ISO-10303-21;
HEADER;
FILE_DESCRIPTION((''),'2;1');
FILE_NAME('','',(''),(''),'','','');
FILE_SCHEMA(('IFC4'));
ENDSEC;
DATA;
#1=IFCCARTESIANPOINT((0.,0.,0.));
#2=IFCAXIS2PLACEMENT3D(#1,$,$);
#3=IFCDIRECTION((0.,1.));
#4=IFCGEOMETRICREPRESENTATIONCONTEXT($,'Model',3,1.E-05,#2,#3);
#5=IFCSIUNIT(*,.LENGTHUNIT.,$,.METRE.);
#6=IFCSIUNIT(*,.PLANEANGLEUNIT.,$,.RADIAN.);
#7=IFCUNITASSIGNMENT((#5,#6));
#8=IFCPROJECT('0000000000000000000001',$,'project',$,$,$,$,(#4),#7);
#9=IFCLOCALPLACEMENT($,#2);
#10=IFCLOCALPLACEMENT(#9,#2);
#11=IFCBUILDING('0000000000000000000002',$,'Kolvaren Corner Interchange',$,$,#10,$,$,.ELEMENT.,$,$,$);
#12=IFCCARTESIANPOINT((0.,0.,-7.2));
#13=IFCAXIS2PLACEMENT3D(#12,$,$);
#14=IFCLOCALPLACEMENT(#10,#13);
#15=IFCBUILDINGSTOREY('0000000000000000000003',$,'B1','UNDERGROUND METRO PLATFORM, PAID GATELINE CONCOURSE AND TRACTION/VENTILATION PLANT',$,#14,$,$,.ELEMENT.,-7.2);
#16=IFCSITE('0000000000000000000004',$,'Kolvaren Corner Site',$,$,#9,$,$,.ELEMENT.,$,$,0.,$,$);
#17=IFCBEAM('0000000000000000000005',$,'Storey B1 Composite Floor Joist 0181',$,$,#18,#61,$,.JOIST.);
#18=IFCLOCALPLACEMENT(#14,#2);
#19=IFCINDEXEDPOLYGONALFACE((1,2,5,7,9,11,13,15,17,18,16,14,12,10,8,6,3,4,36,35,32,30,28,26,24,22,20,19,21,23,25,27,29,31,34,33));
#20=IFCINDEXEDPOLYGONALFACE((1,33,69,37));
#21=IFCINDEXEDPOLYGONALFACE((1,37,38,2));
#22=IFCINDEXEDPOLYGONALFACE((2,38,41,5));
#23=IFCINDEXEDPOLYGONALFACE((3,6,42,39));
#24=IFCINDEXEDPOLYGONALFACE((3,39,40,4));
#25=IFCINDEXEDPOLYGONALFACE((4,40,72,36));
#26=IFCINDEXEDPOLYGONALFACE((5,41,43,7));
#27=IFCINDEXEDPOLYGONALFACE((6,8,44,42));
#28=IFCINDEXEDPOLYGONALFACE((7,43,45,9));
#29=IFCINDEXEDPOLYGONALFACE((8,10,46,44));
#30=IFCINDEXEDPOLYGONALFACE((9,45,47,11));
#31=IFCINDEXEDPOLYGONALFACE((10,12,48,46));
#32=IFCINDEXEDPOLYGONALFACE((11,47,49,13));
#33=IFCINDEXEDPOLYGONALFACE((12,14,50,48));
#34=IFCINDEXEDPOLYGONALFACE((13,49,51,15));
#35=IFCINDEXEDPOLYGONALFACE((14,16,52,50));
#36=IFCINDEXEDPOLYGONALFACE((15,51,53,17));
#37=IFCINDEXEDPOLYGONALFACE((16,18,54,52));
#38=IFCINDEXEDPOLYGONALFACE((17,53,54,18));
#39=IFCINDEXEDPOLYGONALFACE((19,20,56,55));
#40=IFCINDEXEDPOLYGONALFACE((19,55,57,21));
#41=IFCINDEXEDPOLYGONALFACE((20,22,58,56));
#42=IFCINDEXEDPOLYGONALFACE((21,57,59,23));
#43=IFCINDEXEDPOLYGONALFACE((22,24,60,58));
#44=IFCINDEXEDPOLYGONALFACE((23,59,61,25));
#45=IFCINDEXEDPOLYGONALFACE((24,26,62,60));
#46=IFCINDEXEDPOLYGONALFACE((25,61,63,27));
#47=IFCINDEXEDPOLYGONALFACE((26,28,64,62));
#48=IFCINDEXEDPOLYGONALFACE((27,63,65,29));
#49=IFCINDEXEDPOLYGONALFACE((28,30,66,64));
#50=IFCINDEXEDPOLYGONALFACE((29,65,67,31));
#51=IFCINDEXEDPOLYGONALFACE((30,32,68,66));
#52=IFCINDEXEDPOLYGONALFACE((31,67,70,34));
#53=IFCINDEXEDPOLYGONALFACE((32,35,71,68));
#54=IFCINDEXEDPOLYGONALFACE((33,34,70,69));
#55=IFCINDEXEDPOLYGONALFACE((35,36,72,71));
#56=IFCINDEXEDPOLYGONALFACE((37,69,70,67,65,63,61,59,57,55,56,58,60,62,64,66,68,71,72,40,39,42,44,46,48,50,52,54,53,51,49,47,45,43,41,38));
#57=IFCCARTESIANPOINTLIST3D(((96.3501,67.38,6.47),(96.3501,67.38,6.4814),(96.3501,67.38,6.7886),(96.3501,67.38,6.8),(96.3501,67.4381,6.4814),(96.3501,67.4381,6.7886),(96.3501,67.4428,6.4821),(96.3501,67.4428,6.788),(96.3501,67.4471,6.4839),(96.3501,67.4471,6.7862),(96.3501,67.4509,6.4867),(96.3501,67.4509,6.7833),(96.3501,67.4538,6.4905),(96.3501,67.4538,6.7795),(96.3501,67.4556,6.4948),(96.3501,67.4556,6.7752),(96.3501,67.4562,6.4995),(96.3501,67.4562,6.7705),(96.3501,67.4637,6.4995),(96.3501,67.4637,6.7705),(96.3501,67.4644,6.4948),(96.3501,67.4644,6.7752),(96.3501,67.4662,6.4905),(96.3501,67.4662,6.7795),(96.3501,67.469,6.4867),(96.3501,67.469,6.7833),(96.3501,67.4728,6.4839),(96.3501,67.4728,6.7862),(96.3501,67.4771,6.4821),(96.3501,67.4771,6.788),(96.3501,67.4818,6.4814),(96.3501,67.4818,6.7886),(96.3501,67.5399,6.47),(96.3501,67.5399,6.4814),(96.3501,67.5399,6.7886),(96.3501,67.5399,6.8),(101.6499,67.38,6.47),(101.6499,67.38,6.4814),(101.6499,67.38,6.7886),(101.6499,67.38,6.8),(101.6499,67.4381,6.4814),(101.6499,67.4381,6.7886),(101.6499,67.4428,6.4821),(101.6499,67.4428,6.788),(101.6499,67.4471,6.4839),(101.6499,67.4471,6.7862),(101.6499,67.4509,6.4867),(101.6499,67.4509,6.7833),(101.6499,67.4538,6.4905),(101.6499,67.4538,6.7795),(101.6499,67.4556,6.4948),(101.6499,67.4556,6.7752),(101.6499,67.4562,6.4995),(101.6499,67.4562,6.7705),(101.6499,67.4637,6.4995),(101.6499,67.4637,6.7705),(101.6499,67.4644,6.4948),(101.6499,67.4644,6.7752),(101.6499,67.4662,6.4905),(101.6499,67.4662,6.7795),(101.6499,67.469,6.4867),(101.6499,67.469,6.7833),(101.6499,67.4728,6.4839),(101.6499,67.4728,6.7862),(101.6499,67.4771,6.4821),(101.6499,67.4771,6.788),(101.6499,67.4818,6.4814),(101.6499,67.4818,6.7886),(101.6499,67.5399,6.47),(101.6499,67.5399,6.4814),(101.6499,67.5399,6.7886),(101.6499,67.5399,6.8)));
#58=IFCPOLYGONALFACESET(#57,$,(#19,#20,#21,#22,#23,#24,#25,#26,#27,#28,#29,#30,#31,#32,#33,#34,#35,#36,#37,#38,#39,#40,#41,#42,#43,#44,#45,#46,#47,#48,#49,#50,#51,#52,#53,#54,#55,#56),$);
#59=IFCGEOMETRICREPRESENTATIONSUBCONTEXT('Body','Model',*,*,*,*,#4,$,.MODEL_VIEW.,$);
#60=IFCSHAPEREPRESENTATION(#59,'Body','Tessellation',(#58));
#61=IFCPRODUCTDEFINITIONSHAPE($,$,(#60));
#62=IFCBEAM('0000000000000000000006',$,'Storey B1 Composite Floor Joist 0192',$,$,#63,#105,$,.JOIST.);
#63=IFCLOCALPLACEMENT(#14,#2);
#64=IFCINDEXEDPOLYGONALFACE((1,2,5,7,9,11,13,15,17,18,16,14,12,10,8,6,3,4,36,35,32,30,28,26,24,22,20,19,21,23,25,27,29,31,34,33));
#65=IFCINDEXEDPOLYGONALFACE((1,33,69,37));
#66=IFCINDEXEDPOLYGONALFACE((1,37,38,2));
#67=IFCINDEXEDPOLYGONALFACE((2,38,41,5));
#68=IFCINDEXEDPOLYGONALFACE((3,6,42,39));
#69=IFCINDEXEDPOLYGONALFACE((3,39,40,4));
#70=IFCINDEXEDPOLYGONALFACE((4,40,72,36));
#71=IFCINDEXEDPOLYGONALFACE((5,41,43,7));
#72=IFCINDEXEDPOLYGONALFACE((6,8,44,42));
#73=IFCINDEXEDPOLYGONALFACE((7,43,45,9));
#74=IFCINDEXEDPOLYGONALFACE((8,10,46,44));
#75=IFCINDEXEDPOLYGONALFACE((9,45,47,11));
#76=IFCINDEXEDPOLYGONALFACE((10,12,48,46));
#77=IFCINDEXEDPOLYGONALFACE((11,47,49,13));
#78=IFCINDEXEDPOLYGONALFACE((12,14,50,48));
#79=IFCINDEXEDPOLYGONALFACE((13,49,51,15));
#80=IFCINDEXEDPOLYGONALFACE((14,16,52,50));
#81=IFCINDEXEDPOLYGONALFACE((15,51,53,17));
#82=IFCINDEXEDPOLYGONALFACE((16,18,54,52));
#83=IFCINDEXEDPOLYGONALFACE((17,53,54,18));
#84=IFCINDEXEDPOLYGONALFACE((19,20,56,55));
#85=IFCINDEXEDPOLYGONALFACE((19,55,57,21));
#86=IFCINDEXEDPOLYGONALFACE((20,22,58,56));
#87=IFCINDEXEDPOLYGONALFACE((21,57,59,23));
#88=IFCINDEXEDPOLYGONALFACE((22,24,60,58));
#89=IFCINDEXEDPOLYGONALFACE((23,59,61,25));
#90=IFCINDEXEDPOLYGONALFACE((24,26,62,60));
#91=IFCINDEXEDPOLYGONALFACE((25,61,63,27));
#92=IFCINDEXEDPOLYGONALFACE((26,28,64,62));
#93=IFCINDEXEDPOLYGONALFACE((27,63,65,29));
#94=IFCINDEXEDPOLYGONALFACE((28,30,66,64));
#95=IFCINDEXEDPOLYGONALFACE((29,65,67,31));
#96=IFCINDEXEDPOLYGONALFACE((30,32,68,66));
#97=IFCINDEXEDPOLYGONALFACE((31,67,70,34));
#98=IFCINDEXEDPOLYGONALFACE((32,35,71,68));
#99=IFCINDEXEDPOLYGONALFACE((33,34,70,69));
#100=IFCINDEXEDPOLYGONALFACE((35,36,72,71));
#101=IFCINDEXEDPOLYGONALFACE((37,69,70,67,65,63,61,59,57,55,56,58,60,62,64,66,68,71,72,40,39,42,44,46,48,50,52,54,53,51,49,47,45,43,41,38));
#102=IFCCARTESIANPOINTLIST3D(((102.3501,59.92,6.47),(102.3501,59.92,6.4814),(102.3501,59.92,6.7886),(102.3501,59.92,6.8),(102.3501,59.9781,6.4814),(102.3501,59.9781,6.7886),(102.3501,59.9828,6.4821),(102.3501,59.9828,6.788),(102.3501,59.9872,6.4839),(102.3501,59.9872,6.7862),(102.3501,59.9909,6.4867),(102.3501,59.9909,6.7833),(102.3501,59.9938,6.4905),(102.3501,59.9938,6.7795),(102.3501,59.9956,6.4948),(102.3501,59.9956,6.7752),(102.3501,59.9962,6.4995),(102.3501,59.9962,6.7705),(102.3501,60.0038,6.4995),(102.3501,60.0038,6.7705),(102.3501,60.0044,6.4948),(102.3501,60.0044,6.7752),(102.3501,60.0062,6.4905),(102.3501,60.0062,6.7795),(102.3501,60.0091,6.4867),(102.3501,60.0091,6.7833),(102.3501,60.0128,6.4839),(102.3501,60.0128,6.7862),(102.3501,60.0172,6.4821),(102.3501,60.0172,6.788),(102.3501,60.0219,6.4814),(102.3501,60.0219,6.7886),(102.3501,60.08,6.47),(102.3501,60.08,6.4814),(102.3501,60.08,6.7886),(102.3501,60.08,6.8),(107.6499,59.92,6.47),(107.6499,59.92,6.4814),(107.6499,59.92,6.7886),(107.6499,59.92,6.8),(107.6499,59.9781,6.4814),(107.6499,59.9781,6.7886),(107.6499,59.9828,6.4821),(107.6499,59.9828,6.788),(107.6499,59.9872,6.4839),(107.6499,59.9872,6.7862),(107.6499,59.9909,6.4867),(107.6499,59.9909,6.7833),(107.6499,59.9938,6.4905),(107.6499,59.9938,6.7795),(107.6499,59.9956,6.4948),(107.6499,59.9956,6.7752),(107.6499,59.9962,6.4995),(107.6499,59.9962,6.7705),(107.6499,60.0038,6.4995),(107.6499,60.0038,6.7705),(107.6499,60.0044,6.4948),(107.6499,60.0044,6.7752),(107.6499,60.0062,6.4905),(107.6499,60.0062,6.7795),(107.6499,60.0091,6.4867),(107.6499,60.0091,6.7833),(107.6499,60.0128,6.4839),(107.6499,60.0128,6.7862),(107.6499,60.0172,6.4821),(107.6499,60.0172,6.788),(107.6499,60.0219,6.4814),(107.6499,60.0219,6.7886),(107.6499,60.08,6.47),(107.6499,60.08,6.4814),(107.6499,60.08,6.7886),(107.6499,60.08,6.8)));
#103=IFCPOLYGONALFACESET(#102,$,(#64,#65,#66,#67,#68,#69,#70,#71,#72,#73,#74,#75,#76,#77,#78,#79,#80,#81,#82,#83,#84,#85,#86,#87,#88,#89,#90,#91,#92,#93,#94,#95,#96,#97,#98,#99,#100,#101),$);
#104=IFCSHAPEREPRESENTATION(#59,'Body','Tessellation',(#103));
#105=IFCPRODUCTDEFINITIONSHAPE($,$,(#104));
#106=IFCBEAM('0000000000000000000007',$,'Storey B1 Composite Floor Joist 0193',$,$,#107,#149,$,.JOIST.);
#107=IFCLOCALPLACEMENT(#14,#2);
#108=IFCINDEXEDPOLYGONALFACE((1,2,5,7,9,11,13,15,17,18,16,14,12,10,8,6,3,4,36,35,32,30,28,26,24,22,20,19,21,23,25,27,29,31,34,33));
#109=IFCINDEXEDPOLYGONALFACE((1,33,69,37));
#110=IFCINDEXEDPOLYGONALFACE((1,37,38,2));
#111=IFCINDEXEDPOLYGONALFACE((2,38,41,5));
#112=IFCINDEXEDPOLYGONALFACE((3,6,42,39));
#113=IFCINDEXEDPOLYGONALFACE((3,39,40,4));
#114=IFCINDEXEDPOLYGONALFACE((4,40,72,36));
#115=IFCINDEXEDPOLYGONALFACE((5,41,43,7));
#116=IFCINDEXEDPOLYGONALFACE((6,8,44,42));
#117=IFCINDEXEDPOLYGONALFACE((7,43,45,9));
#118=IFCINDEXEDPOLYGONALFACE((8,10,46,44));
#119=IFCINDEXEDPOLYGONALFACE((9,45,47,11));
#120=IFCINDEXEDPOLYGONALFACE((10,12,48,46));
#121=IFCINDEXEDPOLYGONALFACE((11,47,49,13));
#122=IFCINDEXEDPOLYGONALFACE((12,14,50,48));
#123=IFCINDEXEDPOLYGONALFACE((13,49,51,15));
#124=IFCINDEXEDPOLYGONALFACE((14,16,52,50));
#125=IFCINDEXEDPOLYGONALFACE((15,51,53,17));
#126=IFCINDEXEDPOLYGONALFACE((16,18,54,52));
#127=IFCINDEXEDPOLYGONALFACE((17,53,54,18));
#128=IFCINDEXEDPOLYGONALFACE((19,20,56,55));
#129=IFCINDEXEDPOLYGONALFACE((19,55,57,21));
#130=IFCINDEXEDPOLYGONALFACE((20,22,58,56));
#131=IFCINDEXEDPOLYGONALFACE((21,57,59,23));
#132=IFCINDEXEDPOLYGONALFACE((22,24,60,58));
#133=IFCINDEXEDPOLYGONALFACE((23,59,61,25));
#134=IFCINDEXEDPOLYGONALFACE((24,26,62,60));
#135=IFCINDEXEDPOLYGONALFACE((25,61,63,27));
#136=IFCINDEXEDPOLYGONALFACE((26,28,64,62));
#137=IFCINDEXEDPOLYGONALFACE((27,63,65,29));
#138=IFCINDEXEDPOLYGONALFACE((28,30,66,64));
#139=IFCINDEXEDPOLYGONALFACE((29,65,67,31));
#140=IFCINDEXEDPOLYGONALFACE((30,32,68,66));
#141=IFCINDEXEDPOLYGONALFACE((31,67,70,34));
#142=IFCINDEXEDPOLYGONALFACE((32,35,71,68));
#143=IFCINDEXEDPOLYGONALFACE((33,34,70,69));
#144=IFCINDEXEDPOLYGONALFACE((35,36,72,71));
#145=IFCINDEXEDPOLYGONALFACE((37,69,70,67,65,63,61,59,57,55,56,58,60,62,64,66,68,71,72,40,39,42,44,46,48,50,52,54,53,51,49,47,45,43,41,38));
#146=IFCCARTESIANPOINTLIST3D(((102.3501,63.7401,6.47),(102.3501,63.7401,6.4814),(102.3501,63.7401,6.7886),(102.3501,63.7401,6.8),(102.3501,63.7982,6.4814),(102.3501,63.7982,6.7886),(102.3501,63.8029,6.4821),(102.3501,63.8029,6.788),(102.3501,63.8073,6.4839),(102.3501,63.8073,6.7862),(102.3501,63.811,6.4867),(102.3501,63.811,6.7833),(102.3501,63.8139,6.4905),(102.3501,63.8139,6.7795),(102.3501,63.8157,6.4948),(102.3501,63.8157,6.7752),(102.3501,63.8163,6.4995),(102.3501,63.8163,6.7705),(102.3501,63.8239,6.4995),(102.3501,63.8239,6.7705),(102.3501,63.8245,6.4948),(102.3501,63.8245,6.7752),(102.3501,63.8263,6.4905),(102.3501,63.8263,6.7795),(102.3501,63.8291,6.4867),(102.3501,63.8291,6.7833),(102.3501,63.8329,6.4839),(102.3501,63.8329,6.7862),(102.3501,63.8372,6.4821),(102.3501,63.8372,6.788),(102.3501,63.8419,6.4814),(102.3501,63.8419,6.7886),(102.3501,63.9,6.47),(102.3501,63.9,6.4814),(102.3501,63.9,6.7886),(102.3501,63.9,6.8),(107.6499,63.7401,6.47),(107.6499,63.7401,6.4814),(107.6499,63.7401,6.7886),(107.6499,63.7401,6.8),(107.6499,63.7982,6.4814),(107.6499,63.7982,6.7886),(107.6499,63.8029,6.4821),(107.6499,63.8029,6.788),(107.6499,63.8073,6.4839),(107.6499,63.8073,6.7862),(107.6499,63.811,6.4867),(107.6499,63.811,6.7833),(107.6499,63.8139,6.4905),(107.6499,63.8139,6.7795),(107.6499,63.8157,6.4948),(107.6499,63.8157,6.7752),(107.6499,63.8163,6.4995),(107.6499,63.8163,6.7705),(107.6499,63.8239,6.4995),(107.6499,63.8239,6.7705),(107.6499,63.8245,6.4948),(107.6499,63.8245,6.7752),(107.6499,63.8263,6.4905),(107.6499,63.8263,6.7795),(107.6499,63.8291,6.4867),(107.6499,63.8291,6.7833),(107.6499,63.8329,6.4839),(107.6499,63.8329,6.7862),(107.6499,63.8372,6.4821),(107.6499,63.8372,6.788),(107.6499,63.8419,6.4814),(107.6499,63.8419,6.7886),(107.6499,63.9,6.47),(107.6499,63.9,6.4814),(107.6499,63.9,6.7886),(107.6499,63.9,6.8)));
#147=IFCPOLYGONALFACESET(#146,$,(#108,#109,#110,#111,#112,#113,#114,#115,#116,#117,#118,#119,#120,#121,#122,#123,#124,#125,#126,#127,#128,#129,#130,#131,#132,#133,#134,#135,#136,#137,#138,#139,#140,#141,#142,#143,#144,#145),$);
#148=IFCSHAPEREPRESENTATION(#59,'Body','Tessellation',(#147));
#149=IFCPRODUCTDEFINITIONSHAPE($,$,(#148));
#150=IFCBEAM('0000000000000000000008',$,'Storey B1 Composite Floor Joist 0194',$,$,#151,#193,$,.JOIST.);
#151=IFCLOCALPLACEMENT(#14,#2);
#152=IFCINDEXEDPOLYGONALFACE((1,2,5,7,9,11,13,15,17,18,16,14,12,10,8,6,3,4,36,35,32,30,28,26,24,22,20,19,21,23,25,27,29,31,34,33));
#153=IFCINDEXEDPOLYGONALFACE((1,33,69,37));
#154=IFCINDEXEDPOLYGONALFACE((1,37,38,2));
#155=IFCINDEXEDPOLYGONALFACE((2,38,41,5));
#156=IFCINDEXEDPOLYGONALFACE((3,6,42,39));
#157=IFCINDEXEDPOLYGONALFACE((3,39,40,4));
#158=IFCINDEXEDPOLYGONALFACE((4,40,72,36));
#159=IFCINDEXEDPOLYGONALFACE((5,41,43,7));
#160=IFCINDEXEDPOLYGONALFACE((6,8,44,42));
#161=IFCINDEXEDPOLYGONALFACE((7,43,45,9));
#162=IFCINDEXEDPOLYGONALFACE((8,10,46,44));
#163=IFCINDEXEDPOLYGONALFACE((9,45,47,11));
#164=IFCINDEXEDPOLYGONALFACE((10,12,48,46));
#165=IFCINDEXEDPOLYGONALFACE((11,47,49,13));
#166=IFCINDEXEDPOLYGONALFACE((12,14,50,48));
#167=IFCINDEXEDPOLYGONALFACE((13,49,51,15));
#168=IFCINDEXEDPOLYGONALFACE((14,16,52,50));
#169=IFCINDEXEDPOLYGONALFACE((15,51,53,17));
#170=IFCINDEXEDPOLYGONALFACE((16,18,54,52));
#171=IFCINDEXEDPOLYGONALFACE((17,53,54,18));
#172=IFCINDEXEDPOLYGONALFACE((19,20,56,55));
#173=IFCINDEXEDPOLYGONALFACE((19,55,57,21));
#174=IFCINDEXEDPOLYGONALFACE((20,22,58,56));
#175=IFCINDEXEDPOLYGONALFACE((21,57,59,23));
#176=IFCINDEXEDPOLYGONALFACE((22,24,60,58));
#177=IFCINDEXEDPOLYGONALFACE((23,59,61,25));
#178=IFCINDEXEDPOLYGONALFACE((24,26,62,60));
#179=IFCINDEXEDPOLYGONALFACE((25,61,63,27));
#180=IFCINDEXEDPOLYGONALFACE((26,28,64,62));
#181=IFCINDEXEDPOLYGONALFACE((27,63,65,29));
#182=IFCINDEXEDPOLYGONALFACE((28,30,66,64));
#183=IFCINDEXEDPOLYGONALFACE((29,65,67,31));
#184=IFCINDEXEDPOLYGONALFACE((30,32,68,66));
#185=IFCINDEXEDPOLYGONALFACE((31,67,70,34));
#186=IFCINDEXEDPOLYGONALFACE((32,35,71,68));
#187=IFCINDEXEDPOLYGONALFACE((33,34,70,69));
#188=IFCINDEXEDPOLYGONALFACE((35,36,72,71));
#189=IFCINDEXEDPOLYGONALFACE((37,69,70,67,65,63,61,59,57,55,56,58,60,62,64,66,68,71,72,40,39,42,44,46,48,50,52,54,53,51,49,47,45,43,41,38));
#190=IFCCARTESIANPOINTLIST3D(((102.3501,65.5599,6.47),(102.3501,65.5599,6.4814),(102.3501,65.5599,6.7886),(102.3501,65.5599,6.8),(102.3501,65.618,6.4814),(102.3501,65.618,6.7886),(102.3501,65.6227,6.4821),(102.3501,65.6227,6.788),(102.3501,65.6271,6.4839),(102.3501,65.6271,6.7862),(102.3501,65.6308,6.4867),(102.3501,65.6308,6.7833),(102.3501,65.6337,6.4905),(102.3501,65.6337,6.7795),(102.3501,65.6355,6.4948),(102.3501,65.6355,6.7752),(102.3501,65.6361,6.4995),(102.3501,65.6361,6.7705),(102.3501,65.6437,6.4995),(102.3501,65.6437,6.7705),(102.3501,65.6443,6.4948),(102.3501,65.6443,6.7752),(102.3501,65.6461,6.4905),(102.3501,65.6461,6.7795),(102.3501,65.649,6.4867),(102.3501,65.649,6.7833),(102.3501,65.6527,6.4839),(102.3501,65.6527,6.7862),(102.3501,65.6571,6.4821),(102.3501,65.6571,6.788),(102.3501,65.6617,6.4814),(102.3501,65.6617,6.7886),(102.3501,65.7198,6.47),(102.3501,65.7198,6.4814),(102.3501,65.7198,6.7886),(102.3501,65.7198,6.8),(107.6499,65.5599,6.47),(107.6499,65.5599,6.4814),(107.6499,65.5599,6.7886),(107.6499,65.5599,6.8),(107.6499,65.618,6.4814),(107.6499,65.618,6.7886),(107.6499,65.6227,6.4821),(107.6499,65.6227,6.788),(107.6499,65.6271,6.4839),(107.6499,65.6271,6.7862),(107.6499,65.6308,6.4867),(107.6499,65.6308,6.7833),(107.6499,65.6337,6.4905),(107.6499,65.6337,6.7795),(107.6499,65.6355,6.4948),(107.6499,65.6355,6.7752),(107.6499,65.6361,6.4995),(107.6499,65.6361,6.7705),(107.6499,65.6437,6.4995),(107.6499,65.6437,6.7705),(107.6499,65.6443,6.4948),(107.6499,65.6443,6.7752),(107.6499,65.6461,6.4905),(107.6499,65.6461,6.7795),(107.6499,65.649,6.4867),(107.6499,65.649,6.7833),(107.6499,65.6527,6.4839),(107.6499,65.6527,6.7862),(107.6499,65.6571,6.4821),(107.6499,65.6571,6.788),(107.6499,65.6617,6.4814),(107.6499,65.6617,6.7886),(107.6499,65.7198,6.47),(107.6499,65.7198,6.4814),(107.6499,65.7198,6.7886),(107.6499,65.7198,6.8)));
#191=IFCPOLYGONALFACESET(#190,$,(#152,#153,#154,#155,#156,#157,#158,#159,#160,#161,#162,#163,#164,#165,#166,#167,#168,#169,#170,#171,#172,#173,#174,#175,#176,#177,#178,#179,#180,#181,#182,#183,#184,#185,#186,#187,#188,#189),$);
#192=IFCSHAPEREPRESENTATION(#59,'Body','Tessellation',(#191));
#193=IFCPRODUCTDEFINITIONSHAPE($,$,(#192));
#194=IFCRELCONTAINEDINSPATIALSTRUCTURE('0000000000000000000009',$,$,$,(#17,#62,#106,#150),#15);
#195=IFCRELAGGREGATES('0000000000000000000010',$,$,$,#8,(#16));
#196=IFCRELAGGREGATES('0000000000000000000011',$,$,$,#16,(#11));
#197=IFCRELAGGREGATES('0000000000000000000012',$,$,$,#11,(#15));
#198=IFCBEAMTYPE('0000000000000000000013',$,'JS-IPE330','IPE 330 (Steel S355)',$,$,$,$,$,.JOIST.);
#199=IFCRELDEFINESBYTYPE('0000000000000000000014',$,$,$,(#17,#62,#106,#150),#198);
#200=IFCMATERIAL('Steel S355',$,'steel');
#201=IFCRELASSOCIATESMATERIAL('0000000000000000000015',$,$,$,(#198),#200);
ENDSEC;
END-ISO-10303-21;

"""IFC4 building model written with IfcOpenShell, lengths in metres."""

from ifc_helpers import new_model, si_unit, direction, frame, origin, origin_2d, place, context, subcontext, project, spatial, i_section, extrude, material, material_profile, profile_set, type_object, element, save


model = new_model("IFC4")

# Units and contexts
model_context = context("Model", 3, precision=1e-05, world=origin(), true_north=direction((0.0, 1.0)))
body_context = subcontext(model_context, "Body", "Model", "MODEL_VIEW")
ifc_project = project(units=[si_unit("LENGTHUNIT", "METRE"), si_unit("PLANEANGLEUNIT", "RADIAN")], contexts=[model_context])

# Site, building, storey
site_placement = place(None, origin())
site = spatial("IfcSite", under=ifc_project, at=site_placement, Name="Kolvaren Corner Site", CompositionType="ELEMENT", RefElevation=0.0)
building_placement = place(site_placement, origin())
building = spatial("IfcBuilding", under=site, at=building_placement, Name="Kolvaren Corner Interchange", CompositionType="ELEMENT")
storey_placement = place(building_placement, frame((0.0, 0.0, -7.2)))
storey = spatial("IfcBuildingStorey", under=building, at=storey_placement, Name="B1", Description="UNDERGROUND METRO PLATFORM, PAID GATELINE CONCOURSE AND TRACTION/VENTILATION PLANT", CompositionType="ELEMENT", Elevation=-7.2)

# Beams
ifc_material_1 = material(Name="Steel S355", Category="steel")
ifc_material_profile_1 = material_profile(ifc_material_1, i_section(OverallWidth=0.1599, OverallDepth=0.3301, WebThickness=0.0076, FlangeThickness=0.0115, FilletRadius=0.0181, at=origin_2d()), Name="IPE 330")
ifc_profile_set_1 = profile_set([ifc_material_profile_1], Name="Steel S355")
beam_type_1 = type_object("IfcBeamType", Name="JS-IPE330", Description="IPE 330 (Steel S355)", PredefinedType="JOIST", material=ifc_profile_set_1)
for number, where, z_axis, x_axis, name in (
    (1, (96.3501, 67.46, 6.635), (1.0, 0.0, 0.0), (0.0, 1.0, 0.0), "Storey B1 Composite Floor Joist 0181"),
    (2, (102.3501, 60.0, 6.635), (1.0, 0.0, 0.0), (0.0, 1.0, 0.0), "Storey B1 Composite Floor Joist 0192"),
    (3, (102.3501, 63.8201, 6.635), (1.0, 0.0, 0.0), (0.0, 1.0, 0.0), "Storey B1 Composite Floor Joist 0193"),
    (4, (102.3501, 65.6399, 6.635), (1.0, 0.0, 0.0), (0.0, 1.0, 0.0), "Storey B1 Composite Floor Joist 0194"),
):
    element("IfcBeam", number, at=place(storey_placement, frame(where, z_axis=z_axis, x_axis=x_axis)), inside=storey, type_object=beam_type_1, Name=name, PredefinedType="JOIST", context=body_context, shape_type="SweptSolid", body=[
        extrude(i_section(OverallWidth=0.1599, OverallDepth=0.3301, WebThickness=0.0076, FlangeThickness=0.0115, FilletRadius=0.0181, at=origin_2d()), origin(), (0.0, 0.0, 1.0), 5.2998),
    ])

save(model, "model.ifc")
